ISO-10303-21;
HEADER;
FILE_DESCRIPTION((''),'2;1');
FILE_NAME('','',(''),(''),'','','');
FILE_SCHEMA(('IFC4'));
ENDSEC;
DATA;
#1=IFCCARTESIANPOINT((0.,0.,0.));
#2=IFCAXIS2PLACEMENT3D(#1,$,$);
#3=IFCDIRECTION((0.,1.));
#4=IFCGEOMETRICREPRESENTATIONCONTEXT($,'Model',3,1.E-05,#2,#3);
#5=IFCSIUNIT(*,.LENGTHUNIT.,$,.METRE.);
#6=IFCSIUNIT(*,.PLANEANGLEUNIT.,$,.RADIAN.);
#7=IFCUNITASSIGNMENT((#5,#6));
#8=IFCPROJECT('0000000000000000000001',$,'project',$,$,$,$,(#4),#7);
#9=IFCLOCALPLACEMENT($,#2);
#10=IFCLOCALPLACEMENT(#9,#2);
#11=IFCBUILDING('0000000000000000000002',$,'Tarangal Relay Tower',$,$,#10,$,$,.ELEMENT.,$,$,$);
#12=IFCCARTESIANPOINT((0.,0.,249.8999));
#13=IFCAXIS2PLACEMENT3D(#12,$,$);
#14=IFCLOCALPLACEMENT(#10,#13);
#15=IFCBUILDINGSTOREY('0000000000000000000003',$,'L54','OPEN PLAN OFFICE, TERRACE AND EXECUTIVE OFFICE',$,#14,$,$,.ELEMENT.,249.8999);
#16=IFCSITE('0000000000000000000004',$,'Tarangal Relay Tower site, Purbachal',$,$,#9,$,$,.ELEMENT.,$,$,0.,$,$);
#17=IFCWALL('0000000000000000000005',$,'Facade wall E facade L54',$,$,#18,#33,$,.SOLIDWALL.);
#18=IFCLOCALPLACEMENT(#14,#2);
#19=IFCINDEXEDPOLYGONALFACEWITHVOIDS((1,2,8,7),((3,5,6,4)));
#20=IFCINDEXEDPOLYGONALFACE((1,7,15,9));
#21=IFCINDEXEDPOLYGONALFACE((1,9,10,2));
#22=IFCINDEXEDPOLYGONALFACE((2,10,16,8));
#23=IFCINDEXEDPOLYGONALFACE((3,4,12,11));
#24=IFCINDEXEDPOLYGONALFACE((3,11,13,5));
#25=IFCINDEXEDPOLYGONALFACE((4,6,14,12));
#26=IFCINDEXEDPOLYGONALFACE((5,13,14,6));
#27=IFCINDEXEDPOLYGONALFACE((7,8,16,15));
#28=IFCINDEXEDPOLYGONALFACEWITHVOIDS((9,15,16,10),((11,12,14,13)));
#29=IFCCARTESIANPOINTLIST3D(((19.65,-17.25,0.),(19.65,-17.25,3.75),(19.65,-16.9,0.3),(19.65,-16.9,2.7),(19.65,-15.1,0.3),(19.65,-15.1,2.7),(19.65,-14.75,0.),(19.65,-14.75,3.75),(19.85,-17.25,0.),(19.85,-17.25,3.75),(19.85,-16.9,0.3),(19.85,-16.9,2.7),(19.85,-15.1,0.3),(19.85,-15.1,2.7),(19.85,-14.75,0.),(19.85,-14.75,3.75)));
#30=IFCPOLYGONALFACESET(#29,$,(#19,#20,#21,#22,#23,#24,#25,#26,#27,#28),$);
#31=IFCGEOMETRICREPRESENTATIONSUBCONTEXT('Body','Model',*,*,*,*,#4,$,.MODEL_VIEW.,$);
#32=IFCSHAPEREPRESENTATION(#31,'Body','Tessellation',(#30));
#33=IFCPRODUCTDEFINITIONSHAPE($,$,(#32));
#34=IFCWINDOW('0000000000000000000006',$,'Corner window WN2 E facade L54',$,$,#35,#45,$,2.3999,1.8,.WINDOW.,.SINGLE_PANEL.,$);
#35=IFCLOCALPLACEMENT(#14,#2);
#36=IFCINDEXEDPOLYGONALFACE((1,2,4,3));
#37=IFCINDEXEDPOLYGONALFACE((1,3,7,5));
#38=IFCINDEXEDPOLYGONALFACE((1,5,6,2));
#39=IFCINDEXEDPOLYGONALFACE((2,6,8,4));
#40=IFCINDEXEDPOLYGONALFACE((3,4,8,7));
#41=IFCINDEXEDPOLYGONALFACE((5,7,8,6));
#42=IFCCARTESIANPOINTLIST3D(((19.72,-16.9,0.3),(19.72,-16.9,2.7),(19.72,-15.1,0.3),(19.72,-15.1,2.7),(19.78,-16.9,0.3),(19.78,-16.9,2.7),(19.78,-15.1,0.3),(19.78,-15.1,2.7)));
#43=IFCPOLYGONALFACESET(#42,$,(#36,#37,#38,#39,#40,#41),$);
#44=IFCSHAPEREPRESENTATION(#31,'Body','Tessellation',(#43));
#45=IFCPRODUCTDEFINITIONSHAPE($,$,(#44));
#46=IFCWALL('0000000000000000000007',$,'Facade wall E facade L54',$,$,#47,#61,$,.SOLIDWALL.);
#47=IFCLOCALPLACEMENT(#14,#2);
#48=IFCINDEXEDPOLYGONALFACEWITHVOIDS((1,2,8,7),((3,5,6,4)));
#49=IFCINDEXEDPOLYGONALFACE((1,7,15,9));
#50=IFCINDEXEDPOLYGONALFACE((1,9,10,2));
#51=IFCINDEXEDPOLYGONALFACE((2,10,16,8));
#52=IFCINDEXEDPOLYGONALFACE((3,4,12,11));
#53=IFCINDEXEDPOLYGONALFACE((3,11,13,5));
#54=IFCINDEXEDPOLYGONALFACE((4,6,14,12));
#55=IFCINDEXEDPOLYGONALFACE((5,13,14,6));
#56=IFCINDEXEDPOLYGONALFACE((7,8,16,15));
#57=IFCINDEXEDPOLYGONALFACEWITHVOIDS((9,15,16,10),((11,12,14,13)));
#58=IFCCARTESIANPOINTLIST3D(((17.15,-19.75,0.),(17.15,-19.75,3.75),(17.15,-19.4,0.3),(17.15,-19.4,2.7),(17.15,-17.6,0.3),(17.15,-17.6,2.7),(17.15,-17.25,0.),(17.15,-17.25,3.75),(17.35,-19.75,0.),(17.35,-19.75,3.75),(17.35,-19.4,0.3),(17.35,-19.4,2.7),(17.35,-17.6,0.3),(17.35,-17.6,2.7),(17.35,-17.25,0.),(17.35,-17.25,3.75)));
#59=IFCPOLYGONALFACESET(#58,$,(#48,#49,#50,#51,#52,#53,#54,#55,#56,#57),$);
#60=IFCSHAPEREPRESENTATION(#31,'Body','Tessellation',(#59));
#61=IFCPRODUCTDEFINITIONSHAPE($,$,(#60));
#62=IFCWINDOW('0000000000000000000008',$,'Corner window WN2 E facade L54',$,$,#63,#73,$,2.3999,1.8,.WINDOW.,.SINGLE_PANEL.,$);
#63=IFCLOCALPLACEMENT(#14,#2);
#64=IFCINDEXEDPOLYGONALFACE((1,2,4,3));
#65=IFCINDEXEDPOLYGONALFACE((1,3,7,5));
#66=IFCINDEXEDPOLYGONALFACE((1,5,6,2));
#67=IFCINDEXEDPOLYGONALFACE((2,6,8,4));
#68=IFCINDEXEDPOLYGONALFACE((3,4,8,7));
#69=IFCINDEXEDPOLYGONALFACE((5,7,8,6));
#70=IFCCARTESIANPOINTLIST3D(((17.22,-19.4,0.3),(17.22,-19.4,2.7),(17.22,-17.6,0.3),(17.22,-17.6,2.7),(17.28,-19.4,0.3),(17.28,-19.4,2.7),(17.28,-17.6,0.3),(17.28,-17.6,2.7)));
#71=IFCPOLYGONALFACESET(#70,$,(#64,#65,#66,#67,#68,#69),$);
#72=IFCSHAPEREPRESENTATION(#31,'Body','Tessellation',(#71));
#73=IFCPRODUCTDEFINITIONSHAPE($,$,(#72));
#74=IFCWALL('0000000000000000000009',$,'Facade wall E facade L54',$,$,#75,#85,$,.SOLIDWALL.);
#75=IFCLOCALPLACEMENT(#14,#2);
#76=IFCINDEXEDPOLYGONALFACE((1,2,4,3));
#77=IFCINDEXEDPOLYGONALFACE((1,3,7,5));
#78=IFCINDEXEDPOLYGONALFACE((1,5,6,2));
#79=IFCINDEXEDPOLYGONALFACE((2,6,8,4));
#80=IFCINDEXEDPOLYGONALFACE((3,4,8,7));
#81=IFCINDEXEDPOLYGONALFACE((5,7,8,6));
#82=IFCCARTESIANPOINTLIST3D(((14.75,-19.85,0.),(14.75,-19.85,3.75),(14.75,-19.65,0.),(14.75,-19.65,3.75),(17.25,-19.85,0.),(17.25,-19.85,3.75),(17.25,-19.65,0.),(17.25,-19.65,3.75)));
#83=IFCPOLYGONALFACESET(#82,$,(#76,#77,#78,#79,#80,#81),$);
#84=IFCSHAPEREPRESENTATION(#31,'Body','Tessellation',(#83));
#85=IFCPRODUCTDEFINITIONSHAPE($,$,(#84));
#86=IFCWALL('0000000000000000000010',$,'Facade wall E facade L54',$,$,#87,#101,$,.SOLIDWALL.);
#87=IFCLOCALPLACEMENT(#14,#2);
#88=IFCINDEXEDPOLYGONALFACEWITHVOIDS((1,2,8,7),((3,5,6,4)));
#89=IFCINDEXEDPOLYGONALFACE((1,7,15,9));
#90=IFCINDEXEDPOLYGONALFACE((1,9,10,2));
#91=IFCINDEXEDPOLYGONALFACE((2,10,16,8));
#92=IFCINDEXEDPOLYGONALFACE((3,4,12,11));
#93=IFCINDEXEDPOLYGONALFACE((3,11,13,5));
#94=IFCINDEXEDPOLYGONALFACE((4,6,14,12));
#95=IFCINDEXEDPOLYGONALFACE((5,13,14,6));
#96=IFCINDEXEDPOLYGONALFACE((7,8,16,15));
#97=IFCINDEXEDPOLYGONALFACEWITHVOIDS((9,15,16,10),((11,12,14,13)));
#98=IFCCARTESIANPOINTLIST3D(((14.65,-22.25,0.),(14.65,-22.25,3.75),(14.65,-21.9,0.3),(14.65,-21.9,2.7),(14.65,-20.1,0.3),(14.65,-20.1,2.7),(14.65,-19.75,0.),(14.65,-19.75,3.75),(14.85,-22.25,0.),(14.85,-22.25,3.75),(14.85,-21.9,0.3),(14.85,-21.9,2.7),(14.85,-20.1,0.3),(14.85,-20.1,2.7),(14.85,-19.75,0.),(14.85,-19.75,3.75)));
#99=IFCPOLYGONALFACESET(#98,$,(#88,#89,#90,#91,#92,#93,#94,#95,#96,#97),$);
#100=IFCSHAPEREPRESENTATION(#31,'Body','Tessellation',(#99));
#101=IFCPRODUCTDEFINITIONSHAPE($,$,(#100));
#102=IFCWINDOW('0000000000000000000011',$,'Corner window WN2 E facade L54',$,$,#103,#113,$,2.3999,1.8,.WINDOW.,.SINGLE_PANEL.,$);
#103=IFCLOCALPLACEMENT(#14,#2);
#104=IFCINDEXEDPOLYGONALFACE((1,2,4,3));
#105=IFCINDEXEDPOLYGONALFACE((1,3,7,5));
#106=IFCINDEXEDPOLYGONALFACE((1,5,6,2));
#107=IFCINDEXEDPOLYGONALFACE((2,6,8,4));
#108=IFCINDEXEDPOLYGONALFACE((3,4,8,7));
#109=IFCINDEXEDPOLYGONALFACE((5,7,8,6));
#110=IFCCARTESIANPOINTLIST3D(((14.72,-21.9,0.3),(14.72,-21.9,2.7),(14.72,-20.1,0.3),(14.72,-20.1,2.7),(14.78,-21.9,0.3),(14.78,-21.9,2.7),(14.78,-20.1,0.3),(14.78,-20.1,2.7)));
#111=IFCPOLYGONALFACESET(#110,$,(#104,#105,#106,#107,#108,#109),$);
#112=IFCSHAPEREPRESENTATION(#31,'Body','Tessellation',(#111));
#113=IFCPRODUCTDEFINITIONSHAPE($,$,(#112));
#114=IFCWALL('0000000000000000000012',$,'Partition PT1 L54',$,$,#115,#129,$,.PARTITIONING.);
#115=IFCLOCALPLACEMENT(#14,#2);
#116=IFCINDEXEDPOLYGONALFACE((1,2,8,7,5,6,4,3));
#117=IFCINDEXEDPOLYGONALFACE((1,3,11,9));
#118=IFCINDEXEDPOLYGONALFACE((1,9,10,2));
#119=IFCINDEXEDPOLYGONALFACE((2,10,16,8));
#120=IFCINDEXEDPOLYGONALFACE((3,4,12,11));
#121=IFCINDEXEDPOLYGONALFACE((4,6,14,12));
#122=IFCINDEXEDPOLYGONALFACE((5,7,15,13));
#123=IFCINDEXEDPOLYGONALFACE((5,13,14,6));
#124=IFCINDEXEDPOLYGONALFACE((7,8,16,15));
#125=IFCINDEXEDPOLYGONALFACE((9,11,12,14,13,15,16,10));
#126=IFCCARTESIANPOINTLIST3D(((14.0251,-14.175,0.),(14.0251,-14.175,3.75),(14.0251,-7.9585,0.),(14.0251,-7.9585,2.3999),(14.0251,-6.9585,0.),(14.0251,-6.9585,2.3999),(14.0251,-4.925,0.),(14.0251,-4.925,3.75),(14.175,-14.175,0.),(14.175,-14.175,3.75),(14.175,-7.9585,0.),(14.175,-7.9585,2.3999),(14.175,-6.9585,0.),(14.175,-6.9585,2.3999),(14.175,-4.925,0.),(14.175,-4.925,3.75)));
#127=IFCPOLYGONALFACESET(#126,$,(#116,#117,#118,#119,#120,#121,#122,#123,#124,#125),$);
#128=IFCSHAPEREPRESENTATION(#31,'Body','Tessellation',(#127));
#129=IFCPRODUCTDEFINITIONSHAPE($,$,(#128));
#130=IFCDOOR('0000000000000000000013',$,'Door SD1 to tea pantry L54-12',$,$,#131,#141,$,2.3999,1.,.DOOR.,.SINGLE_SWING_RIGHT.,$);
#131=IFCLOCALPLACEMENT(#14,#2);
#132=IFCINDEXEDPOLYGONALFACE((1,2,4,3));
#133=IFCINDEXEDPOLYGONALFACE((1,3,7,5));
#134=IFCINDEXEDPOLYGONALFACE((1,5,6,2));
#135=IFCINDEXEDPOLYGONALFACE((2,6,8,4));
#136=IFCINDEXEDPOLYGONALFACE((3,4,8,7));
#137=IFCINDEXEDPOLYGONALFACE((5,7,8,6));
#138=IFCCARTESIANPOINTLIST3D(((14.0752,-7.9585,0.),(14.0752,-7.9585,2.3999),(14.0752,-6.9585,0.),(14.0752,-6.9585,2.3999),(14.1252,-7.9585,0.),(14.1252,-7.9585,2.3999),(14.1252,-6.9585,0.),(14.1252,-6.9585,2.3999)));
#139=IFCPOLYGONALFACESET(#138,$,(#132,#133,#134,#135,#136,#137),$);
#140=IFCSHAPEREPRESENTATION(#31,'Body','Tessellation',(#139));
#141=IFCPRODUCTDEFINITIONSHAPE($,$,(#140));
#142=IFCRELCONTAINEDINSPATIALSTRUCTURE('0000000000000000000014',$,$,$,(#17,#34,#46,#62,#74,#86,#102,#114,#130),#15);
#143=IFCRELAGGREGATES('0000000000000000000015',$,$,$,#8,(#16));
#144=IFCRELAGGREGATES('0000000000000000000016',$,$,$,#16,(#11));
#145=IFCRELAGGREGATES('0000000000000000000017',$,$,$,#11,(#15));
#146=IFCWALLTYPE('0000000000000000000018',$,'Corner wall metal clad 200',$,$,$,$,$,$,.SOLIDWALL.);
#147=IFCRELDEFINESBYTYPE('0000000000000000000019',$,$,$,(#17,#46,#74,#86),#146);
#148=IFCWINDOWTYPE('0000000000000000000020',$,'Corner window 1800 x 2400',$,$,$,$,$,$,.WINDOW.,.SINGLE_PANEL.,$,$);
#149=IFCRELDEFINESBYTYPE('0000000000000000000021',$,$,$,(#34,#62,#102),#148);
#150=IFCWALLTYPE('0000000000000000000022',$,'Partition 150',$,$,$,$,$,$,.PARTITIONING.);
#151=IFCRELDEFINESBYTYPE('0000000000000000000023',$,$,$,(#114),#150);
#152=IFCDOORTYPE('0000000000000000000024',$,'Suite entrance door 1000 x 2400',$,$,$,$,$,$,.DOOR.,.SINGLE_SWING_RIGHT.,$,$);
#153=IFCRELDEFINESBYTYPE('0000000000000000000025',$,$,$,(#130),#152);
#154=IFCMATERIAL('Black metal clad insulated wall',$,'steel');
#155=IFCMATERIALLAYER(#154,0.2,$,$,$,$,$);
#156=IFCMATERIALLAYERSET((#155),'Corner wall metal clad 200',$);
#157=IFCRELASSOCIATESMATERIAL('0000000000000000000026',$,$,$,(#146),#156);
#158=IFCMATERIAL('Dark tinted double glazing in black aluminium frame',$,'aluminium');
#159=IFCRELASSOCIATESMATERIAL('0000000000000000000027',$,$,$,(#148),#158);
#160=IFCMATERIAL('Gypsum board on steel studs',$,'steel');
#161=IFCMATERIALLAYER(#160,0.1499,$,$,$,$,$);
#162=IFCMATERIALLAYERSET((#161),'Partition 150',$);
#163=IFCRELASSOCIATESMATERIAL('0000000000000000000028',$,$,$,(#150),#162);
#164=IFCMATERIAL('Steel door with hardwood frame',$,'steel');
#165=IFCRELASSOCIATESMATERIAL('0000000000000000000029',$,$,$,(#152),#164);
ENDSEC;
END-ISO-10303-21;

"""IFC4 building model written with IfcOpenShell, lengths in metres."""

from ifc_helpers import new_model, si_unit, direction, frame, frame_2d, origin, place, context, subcontext, project, spatial, rectangle, extrude, material, layer, layer_set, type_object, element, fill, save


model = new_model("IFC4")

# Units and contexts
model_context = context("Model", 3, precision=1e-05, world=origin(), true_north=direction((0.0, 1.0)))
body_context = subcontext(model_context, "Body", "Model", "MODEL_VIEW")
ifc_project = project(units=[si_unit("LENGTHUNIT", "METRE"), si_unit("PLANEANGLEUNIT", "RADIAN")], contexts=[model_context])

# Site, building, storey
site_placement = place(None, origin())
site = spatial("IfcSite", under=ifc_project, at=site_placement, Name="Tarangal Relay Tower site, Purbachal", CompositionType="ELEMENT", RefElevation=0.0)
building_placement = place(site_placement, origin())
building = spatial("IfcBuilding", under=site, at=building_placement, Name="Tarangal Relay Tower", CompositionType="ELEMENT")
storey_placement = place(building_placement, frame((0.0, 0.0, 249.8999)))
storey = spatial("IfcBuildingStorey", under=building, at=storey_placement, Name="L54", Description="OPEN PLAN OFFICE, TERRACE AND EXECUTIVE OFFICE", CompositionType="ELEMENT", Elevation=249.8999)

# Shared definitions
ifc_material_1 = material(Name="Black metal clad insulated wall", Category="steel")
ifc_layer_1 = layer(ifc_material_1, 0.2)
ifc_layer_set_1 = layer_set([ifc_layer_1], Name="Corner wall metal clad 200")
wall_type_1 = type_object("IfcWallType", Name="Corner wall metal clad 200", PredefinedType="SOLIDWALL", material=ifc_layer_set_1)

# Wall, opening, window
wall_1_placement = place(storey_placement, frame((19.75, -14.75, 0.0), z_axis=(0.0, 0.0, 1.0), x_axis=(0.0, -1.0, 0.0)))
wall_1 = element("IfcWall", 1, at=wall_1_placement, inside=storey, type_object=wall_type_1, Name="Facade wall E facade L54", PredefinedType="SOLIDWALL", context=body_context, shape_type="SweptSolid", body=[
    extrude(rectangle(XDim=2.5, YDim=0.2, at=frame_2d((1.25, 0.0))), origin(), (0.0, 0.0, 1.0), 3.75),
])
opening_1_placement = place(wall_1_placement, frame((0.3501, 0.0, 0.3)))
opening_1 = element("IfcOpeningElement", 2, at=opening_1_placement, cuts=wall_1, PredefinedType="OPENING", context=body_context, shape_type="SweptSolid", body=[
    extrude(rectangle(XDim=1.8, YDim=2.3999, at=frame_2d((0.8999, 1.2))), frame((0.0, 0.1099, 0.0), z_axis=(0.0, -1.0, 0.0), x_axis=(1.0, 0.0, 0.0)), (0.0, 0.0, 1.0), 0.22),
])
ifc_material_2 = material(Name="Dark tinted double glazing in black aluminium frame", Category="aluminium")
window_type = type_object("IfcWindowType", Name="Corner window 1800 x 2400", PartitioningType="SINGLE_PANEL", PredefinedType="WINDOW", material=ifc_material_2)
window_1_placement = place(opening_1_placement, origin())
window_1 = element("IfcWindow", 3, at=window_1_placement, inside=storey, type_object=window_type, Name="Corner window WN2 E facade L54", OverallHeight=2.3999, OverallWidth=1.8, PartitioningType="SINGLE_PANEL", PredefinedType="WINDOW", context=body_context, shape_type="SweptSolid", body=[
    extrude(rectangle(XDim=1.8, YDim=2.3999, at=frame_2d((0.8999, 1.2))), frame((0.0, 0.03, 0.0), z_axis=(0.0, -1.0, 0.0), x_axis=(1.0, 0.0, 0.0)), (0.0, 0.0, 1.0), 0.0601),
])
fill(opening_1, window_1)

# Wall, opening, window
wall_2_placement = place(storey_placement, frame((17.25, -17.25, 0.0), z_axis=(0.0, 0.0, 1.0), x_axis=(0.0, -1.0, 0.0)))
wall_2 = element("IfcWall", 4, at=wall_2_placement, inside=storey, type_object=wall_type_1, Name="Facade wall E facade L54", PredefinedType="SOLIDWALL", context=body_context, shape_type="SweptSolid", body=[
    extrude(rectangle(XDim=2.5, YDim=0.2, at=frame_2d((1.25, 0.0))), origin(), (0.0, 0.0, 1.0), 3.75),
])
opening_2_placement = place(wall_2_placement, frame((0.3501, 0.0, 0.3)))
opening_2 = element("IfcOpeningElement", 5, at=opening_2_placement, cuts=wall_2, PredefinedType="OPENING", context=body_context, shape_type="SweptSolid", body=[
    extrude(rectangle(XDim=1.8, YDim=2.3999, at=frame_2d((0.8999, 1.2))), frame((0.0, 0.1099, 0.0), z_axis=(0.0, -1.0, 0.0), x_axis=(1.0, 0.0, 0.0)), (0.0, 0.0, 1.0), 0.22),
])
window_2_placement = place(opening_2_placement, origin())
window_2 = element("IfcWindow", 6, at=window_2_placement, inside=storey, type_object=window_type, Name="Corner window WN2 E facade L54", OverallHeight=2.3999, OverallWidth=1.8, PartitioningType="SINGLE_PANEL", PredefinedType="WINDOW", context=body_context, shape_type="SweptSolid", body=[
    extrude(rectangle(XDim=1.8, YDim=2.3999, at=frame_2d((0.8999, 1.2))), frame((0.0, 0.03, 0.0), z_axis=(0.0, -1.0, 0.0), x_axis=(1.0, 0.0, 0.0)), (0.0, 0.0, 1.0), 0.0601),
])
fill(opening_2, window_2)

# Wall
wall_3_placement = place(storey_placement, frame((17.25, -19.75, 0.0), z_axis=(0.0, 0.0, 1.0), x_axis=(-1.0, 0.0, 0.0)))
element("IfcWall", 7, at=wall_3_placement, inside=storey, type_object=wall_type_1, Name="Facade wall E facade L54", PredefinedType="SOLIDWALL", context=body_context, shape_type="SweptSolid", body=[
    extrude(rectangle(XDim=2.5, YDim=0.2, at=frame_2d((1.25, 0.0))), origin(), (0.0, 0.0, 1.0), 3.75),
])

# Wall, opening, window
wall_4_placement = place(storey_placement, frame((14.75, -19.75, 0.0), z_axis=(0.0, 0.0, 1.0), x_axis=(0.0, -1.0, 0.0)))
wall_4 = element("IfcWall", 8, at=wall_4_placement, inside=storey, type_object=wall_type_1, Name="Facade wall E facade L54", PredefinedType="SOLIDWALL", context=body_context, shape_type="SweptSolid", body=[
    extrude(rectangle(XDim=2.5, YDim=0.2, at=frame_2d((1.25, 0.0))), origin(), (0.0, 0.0, 1.0), 3.75),
])
opening_3_placement = place(wall_4_placement, frame((0.3501, 0.0, 0.3)))
opening_3 = element("IfcOpeningElement", 9, at=opening_3_placement, cuts=wall_4, PredefinedType="OPENING", context=body_context, shape_type="SweptSolid", body=[
    extrude(rectangle(XDim=1.8, YDim=2.3999, at=frame_2d((0.8999, 1.2))), frame((0.0, 0.1099, 0.0), z_axis=(0.0, -1.0, 0.0), x_axis=(1.0, 0.0, 0.0)), (0.0, 0.0, 1.0), 0.22),
])
window_3_placement = place(opening_3_placement, origin())
window_3 = element("IfcWindow", 10, at=window_3_placement, inside=storey, type_object=window_type, Name="Corner window WN2 E facade L54", OverallHeight=2.3999, OverallWidth=1.8, PartitioningType="SINGLE_PANEL", PredefinedType="WINDOW", context=body_context, shape_type="SweptSolid", body=[
    extrude(rectangle(XDim=1.8, YDim=2.3999, at=frame_2d((0.8999, 1.2))), frame((0.0, 0.03, 0.0), z_axis=(0.0, -1.0, 0.0), x_axis=(1.0, 0.0, 0.0)), (0.0, 0.0, 1.0), 0.0601),
])
fill(opening_3, window_3)

# Wall, opening, door
ifc_material_3 = material(Name="Gypsum board on steel studs", Category="steel")
ifc_layer_2 = layer(ifc_material_3, 0.1499)
ifc_layer_set_2 = layer_set([ifc_layer_2], Name="Partition 150")
wall_type_2 = type_object("IfcWallType", Name="Partition 150", PredefinedType="PARTITIONING", material=ifc_layer_set_2)
wall_5_placement = place(storey_placement, frame((14.1001, -14.175, 0.0), z_axis=(0.0, 0.0, 1.0), x_axis=(0.0, 1.0, 0.0)))
wall_5 = element("IfcWall", 11, at=wall_5_placement, inside=storey, type_object=wall_type_2, Name="Partition PT1 L54", PredefinedType="PARTITIONING", context=body_context, shape_type="SweptSolid", body=[
    extrude(rectangle(XDim=9.25, YDim=0.1499, at=frame_2d((4.625, 0.0))), origin(), (0.0, 0.0, 1.0), 3.75),
])
opening_4_placement = place(wall_5_placement, frame((6.2166, 0.0, 0.0)))
opening_4 = element("IfcOpeningElement", 12, at=opening_4_placement, cuts=wall_5, PredefinedType="OPENING", context=body_context, shape_type="SweptSolid", body=[
    extrude(rectangle(XDim=1.0, YDim=2.3999, at=frame_2d((0.5, 1.2))), frame((0.0, 0.085, 0.0), z_axis=(0.0, -1.0, 0.0), x_axis=(1.0, 0.0, 0.0)), (0.0, 0.0, 1.0), 0.1699),
])
ifc_material_4 = material(Name="Steel door with hardwood frame", Category="steel")
door_type_1 = type_object("IfcDoorType", Name="Suite entrance door 1000 x 2400", OperationType="SINGLE_SWING_RIGHT", PredefinedType="DOOR", material=ifc_material_4)
door_1_placement = place(opening_4_placement, origin())
door_1 = element("IfcDoor", 13, at=door_1_placement, inside=storey, type_object=door_type_1, Name="Door SD1 to tea pantry L54-12", OperationType="SINGLE_SWING_RIGHT", OverallHeight=2.3999, OverallWidth=1.0, PredefinedType="DOOR", context=body_context, shape_type="SweptSolid", body=[
    extrude(rectangle(XDim=1.0, YDim=2.3999, at=frame_2d((0.5, 1.2))), frame((0.0, 0.0249, 0.0), z_axis=(0.0, -1.0, 0.0), x_axis=(1.0, 0.0, 0.0)), (0.0, 0.0, 1.0), 0.05),
])
fill(opening_4, door_1)

save(model, "model.ifc")
